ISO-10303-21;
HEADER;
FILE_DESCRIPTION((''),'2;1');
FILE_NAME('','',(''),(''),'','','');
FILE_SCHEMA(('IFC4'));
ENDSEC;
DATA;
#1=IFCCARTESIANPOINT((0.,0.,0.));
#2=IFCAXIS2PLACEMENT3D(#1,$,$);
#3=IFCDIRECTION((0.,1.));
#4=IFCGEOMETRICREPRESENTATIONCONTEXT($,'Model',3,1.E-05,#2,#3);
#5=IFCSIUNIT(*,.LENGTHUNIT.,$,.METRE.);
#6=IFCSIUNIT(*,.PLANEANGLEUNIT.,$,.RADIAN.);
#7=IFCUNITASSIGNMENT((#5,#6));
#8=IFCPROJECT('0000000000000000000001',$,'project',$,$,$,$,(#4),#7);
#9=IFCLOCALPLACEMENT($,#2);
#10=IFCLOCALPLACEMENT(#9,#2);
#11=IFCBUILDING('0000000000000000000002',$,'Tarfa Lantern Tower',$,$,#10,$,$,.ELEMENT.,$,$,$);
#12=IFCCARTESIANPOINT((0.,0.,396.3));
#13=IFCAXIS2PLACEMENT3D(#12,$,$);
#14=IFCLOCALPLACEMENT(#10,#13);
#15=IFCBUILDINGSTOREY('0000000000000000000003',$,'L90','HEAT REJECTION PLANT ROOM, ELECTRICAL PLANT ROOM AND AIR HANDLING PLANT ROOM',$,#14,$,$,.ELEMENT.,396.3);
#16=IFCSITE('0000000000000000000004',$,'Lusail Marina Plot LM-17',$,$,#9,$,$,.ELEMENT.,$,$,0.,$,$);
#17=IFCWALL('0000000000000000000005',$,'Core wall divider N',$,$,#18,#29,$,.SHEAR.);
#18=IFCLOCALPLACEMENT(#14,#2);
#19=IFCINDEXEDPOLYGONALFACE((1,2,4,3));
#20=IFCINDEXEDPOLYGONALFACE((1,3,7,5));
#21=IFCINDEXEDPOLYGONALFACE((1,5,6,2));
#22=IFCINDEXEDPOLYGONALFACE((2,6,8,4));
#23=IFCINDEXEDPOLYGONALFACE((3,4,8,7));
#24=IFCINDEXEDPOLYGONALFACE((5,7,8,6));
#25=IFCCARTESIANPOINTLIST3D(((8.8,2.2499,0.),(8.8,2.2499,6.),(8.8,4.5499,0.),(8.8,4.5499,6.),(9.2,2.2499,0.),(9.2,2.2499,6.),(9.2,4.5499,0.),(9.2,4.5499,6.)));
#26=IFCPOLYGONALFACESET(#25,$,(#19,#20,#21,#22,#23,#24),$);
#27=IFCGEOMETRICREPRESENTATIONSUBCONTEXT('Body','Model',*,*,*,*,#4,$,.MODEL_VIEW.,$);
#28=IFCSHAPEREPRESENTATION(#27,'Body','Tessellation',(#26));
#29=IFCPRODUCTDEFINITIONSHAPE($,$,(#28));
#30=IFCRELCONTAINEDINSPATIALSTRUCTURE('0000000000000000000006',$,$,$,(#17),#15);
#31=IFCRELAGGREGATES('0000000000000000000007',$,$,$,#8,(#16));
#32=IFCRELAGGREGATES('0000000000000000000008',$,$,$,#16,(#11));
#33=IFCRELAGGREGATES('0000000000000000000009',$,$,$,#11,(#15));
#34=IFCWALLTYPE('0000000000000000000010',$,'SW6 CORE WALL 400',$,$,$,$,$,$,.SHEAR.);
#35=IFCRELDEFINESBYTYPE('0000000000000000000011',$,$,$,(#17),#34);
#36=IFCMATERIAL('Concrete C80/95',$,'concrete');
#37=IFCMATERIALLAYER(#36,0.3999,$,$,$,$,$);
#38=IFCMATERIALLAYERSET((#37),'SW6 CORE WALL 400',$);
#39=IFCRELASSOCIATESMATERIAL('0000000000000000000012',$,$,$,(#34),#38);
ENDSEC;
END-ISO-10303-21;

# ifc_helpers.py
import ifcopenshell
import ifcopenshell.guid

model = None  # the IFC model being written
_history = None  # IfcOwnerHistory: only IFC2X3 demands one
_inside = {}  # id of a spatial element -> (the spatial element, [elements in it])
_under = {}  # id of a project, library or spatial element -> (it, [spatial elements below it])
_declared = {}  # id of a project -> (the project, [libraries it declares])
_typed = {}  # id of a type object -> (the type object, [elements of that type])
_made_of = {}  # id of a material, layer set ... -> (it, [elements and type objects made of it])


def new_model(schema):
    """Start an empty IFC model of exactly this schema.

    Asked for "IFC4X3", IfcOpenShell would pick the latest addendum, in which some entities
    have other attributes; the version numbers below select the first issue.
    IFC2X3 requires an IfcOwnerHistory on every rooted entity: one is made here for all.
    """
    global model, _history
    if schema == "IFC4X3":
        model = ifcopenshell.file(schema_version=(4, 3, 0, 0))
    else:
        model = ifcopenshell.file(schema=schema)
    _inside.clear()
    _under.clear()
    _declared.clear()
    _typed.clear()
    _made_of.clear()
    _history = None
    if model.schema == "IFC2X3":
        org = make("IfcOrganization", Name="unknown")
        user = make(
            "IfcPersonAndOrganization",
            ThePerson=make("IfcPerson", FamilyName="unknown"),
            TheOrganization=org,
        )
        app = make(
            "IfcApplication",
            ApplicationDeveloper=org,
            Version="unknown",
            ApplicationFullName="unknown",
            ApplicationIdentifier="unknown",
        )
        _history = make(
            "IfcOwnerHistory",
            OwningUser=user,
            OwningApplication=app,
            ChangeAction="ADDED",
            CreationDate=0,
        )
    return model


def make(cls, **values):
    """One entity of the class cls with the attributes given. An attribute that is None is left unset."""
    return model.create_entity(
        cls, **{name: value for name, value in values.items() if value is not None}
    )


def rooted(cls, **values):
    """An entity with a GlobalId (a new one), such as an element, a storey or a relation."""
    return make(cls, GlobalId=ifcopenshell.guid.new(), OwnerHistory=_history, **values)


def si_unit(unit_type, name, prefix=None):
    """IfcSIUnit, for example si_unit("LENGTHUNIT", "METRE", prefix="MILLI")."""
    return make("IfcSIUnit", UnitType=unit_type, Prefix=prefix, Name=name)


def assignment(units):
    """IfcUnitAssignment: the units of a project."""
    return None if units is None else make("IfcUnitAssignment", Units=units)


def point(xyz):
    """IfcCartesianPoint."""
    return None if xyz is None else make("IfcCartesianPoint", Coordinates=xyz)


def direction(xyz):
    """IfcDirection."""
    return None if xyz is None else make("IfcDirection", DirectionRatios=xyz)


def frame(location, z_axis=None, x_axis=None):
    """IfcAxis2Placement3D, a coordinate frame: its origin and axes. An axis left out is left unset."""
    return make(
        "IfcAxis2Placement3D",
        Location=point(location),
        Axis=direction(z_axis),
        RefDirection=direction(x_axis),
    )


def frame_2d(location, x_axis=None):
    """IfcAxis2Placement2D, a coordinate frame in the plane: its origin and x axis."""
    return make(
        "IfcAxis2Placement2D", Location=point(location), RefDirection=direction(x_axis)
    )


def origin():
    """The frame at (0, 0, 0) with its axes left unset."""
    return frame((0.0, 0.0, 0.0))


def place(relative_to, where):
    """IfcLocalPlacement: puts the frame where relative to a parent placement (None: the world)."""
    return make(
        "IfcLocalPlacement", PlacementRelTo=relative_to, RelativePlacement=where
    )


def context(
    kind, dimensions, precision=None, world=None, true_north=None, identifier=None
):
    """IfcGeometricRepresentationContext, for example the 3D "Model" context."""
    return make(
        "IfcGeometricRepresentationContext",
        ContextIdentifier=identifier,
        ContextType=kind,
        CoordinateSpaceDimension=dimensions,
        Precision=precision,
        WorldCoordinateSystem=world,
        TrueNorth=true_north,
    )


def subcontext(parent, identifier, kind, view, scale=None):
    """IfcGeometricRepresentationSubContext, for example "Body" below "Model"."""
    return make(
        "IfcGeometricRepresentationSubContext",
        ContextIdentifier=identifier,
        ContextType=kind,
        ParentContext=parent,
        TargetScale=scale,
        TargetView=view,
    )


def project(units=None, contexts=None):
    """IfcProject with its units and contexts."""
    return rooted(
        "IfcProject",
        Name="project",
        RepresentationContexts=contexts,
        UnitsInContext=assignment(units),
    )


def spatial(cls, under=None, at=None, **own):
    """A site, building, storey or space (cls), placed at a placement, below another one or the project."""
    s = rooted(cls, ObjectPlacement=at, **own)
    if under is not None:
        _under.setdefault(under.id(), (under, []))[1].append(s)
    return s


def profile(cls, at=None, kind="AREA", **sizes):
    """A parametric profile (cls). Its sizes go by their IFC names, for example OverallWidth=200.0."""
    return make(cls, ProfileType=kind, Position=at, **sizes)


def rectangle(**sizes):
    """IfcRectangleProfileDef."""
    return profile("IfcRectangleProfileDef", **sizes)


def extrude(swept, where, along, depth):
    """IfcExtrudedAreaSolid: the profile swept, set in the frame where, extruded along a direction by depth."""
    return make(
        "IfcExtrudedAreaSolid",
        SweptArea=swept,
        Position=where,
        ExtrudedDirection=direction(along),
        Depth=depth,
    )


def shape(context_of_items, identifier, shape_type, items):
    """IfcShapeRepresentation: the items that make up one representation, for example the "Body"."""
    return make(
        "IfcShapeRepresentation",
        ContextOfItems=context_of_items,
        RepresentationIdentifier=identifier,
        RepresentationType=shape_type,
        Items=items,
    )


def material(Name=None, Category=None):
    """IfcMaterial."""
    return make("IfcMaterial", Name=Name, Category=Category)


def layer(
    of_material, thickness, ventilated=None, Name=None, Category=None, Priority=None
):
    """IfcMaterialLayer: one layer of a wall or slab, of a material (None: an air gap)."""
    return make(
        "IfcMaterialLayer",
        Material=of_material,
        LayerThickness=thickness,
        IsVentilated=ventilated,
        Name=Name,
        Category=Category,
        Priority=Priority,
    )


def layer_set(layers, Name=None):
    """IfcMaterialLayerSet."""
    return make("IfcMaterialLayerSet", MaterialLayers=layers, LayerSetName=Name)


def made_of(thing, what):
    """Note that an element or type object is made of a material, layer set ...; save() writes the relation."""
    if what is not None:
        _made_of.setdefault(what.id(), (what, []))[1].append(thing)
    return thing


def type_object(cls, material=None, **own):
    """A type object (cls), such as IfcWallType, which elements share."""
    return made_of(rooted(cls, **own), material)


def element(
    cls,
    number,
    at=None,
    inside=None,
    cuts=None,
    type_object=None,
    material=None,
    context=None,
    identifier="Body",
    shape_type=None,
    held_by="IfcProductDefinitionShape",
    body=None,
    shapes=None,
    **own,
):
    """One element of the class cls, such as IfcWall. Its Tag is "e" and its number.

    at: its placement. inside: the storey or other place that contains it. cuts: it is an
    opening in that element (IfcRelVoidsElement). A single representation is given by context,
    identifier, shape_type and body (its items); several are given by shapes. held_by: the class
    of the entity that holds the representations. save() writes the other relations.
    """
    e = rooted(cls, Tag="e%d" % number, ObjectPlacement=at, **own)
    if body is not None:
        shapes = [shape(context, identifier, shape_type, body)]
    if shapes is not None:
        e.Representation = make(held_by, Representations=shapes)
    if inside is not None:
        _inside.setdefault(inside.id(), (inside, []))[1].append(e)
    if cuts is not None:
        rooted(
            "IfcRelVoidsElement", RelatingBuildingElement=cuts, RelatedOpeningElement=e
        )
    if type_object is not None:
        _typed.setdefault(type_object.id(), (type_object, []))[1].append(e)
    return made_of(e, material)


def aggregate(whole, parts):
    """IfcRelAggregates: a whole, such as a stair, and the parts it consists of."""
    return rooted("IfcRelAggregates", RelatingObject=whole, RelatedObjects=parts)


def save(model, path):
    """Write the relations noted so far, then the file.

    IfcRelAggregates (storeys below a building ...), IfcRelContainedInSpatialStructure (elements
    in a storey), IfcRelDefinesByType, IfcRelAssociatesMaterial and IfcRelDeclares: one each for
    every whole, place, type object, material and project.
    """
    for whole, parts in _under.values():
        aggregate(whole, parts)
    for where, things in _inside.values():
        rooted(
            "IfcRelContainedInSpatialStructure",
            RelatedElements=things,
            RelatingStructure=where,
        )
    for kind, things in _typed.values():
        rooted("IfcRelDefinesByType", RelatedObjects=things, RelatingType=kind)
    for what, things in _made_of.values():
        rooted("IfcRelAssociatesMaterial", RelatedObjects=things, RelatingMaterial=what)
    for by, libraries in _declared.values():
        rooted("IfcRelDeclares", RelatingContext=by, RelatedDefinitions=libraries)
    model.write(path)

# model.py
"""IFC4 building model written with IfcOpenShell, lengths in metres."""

from ifc_helpers import new_model, si_unit, direction, frame, frame_2d, origin, place, context, subcontext, project, spatial, rectangle, extrude, material, layer, layer_set, type_object, element, save


model = new_model("IFC4")

# Units and contexts
model_context = context("Model", 3, precision=1e-05, world=origin(), true_north=direction((0.0, 1.0)))
body_context = subcontext(model_context, "Body", "Model", "MODEL_VIEW")
ifc_project = project(units=[si_unit("LENGTHUNIT", "METRE"), si_unit("PLANEANGLEUNIT", "RADIAN")], contexts=[model_context])

# Site, building, storey
site_placement = place(None, origin())
site = spatial("IfcSite", under=ifc_project, at=site_placement, Name="Lusail Marina Plot LM-17", CompositionType="ELEMENT", RefElevation=0.0)
building_placement = place(site_placement, origin())
building = spatial("IfcBuilding", under=site, at=building_placement, Name="Tarfa Lantern Tower", CompositionType="ELEMENT")
storey_placement = place(building_placement, frame((0.0, 0.0, 396.3)))
storey = spatial("IfcBuildingStorey", under=building, at=storey_placement, Name="L90", Description="HEAT REJECTION PLANT ROOM, ELECTRICAL PLANT ROOM AND AIR HANDLING PLANT ROOM", CompositionType="ELEMENT", Elevation=396.3)

# Wall
ifc_material_1 = material(Name="Concrete C80/95", Category="concrete")
ifc_layer_1 = layer(ifc_material_1, 0.3999)
ifc_layer_set_1 = layer_set([ifc_layer_1], Name="SW6 CORE WALL 400")
wall_type_1 = type_object("IfcWallType", Name="SW6 CORE WALL 400", PredefinedType="SHEAR", material=ifc_layer_set_1)
wall_1_placement = place(storey_placement, frame((9.0, 2.25, 0.0), z_axis=(0.0, 0.0, 1.0), x_axis=(0.0, 1.0, 0.0)))
element("IfcWall", 1, at=wall_1_placement, inside=storey, type_object=wall_type_1, Name="Core wall divider N", PredefinedType="SHEAR", context=body_context, shape_type="SweptSolid", body=[
    extrude(rectangle(XDim=2.3, YDim=0.3999, at=frame_2d((1.1499, 0.0))), origin(), (0.0, 0.0, 1.0), 6.0),
])

save(model, "model.ifc")
